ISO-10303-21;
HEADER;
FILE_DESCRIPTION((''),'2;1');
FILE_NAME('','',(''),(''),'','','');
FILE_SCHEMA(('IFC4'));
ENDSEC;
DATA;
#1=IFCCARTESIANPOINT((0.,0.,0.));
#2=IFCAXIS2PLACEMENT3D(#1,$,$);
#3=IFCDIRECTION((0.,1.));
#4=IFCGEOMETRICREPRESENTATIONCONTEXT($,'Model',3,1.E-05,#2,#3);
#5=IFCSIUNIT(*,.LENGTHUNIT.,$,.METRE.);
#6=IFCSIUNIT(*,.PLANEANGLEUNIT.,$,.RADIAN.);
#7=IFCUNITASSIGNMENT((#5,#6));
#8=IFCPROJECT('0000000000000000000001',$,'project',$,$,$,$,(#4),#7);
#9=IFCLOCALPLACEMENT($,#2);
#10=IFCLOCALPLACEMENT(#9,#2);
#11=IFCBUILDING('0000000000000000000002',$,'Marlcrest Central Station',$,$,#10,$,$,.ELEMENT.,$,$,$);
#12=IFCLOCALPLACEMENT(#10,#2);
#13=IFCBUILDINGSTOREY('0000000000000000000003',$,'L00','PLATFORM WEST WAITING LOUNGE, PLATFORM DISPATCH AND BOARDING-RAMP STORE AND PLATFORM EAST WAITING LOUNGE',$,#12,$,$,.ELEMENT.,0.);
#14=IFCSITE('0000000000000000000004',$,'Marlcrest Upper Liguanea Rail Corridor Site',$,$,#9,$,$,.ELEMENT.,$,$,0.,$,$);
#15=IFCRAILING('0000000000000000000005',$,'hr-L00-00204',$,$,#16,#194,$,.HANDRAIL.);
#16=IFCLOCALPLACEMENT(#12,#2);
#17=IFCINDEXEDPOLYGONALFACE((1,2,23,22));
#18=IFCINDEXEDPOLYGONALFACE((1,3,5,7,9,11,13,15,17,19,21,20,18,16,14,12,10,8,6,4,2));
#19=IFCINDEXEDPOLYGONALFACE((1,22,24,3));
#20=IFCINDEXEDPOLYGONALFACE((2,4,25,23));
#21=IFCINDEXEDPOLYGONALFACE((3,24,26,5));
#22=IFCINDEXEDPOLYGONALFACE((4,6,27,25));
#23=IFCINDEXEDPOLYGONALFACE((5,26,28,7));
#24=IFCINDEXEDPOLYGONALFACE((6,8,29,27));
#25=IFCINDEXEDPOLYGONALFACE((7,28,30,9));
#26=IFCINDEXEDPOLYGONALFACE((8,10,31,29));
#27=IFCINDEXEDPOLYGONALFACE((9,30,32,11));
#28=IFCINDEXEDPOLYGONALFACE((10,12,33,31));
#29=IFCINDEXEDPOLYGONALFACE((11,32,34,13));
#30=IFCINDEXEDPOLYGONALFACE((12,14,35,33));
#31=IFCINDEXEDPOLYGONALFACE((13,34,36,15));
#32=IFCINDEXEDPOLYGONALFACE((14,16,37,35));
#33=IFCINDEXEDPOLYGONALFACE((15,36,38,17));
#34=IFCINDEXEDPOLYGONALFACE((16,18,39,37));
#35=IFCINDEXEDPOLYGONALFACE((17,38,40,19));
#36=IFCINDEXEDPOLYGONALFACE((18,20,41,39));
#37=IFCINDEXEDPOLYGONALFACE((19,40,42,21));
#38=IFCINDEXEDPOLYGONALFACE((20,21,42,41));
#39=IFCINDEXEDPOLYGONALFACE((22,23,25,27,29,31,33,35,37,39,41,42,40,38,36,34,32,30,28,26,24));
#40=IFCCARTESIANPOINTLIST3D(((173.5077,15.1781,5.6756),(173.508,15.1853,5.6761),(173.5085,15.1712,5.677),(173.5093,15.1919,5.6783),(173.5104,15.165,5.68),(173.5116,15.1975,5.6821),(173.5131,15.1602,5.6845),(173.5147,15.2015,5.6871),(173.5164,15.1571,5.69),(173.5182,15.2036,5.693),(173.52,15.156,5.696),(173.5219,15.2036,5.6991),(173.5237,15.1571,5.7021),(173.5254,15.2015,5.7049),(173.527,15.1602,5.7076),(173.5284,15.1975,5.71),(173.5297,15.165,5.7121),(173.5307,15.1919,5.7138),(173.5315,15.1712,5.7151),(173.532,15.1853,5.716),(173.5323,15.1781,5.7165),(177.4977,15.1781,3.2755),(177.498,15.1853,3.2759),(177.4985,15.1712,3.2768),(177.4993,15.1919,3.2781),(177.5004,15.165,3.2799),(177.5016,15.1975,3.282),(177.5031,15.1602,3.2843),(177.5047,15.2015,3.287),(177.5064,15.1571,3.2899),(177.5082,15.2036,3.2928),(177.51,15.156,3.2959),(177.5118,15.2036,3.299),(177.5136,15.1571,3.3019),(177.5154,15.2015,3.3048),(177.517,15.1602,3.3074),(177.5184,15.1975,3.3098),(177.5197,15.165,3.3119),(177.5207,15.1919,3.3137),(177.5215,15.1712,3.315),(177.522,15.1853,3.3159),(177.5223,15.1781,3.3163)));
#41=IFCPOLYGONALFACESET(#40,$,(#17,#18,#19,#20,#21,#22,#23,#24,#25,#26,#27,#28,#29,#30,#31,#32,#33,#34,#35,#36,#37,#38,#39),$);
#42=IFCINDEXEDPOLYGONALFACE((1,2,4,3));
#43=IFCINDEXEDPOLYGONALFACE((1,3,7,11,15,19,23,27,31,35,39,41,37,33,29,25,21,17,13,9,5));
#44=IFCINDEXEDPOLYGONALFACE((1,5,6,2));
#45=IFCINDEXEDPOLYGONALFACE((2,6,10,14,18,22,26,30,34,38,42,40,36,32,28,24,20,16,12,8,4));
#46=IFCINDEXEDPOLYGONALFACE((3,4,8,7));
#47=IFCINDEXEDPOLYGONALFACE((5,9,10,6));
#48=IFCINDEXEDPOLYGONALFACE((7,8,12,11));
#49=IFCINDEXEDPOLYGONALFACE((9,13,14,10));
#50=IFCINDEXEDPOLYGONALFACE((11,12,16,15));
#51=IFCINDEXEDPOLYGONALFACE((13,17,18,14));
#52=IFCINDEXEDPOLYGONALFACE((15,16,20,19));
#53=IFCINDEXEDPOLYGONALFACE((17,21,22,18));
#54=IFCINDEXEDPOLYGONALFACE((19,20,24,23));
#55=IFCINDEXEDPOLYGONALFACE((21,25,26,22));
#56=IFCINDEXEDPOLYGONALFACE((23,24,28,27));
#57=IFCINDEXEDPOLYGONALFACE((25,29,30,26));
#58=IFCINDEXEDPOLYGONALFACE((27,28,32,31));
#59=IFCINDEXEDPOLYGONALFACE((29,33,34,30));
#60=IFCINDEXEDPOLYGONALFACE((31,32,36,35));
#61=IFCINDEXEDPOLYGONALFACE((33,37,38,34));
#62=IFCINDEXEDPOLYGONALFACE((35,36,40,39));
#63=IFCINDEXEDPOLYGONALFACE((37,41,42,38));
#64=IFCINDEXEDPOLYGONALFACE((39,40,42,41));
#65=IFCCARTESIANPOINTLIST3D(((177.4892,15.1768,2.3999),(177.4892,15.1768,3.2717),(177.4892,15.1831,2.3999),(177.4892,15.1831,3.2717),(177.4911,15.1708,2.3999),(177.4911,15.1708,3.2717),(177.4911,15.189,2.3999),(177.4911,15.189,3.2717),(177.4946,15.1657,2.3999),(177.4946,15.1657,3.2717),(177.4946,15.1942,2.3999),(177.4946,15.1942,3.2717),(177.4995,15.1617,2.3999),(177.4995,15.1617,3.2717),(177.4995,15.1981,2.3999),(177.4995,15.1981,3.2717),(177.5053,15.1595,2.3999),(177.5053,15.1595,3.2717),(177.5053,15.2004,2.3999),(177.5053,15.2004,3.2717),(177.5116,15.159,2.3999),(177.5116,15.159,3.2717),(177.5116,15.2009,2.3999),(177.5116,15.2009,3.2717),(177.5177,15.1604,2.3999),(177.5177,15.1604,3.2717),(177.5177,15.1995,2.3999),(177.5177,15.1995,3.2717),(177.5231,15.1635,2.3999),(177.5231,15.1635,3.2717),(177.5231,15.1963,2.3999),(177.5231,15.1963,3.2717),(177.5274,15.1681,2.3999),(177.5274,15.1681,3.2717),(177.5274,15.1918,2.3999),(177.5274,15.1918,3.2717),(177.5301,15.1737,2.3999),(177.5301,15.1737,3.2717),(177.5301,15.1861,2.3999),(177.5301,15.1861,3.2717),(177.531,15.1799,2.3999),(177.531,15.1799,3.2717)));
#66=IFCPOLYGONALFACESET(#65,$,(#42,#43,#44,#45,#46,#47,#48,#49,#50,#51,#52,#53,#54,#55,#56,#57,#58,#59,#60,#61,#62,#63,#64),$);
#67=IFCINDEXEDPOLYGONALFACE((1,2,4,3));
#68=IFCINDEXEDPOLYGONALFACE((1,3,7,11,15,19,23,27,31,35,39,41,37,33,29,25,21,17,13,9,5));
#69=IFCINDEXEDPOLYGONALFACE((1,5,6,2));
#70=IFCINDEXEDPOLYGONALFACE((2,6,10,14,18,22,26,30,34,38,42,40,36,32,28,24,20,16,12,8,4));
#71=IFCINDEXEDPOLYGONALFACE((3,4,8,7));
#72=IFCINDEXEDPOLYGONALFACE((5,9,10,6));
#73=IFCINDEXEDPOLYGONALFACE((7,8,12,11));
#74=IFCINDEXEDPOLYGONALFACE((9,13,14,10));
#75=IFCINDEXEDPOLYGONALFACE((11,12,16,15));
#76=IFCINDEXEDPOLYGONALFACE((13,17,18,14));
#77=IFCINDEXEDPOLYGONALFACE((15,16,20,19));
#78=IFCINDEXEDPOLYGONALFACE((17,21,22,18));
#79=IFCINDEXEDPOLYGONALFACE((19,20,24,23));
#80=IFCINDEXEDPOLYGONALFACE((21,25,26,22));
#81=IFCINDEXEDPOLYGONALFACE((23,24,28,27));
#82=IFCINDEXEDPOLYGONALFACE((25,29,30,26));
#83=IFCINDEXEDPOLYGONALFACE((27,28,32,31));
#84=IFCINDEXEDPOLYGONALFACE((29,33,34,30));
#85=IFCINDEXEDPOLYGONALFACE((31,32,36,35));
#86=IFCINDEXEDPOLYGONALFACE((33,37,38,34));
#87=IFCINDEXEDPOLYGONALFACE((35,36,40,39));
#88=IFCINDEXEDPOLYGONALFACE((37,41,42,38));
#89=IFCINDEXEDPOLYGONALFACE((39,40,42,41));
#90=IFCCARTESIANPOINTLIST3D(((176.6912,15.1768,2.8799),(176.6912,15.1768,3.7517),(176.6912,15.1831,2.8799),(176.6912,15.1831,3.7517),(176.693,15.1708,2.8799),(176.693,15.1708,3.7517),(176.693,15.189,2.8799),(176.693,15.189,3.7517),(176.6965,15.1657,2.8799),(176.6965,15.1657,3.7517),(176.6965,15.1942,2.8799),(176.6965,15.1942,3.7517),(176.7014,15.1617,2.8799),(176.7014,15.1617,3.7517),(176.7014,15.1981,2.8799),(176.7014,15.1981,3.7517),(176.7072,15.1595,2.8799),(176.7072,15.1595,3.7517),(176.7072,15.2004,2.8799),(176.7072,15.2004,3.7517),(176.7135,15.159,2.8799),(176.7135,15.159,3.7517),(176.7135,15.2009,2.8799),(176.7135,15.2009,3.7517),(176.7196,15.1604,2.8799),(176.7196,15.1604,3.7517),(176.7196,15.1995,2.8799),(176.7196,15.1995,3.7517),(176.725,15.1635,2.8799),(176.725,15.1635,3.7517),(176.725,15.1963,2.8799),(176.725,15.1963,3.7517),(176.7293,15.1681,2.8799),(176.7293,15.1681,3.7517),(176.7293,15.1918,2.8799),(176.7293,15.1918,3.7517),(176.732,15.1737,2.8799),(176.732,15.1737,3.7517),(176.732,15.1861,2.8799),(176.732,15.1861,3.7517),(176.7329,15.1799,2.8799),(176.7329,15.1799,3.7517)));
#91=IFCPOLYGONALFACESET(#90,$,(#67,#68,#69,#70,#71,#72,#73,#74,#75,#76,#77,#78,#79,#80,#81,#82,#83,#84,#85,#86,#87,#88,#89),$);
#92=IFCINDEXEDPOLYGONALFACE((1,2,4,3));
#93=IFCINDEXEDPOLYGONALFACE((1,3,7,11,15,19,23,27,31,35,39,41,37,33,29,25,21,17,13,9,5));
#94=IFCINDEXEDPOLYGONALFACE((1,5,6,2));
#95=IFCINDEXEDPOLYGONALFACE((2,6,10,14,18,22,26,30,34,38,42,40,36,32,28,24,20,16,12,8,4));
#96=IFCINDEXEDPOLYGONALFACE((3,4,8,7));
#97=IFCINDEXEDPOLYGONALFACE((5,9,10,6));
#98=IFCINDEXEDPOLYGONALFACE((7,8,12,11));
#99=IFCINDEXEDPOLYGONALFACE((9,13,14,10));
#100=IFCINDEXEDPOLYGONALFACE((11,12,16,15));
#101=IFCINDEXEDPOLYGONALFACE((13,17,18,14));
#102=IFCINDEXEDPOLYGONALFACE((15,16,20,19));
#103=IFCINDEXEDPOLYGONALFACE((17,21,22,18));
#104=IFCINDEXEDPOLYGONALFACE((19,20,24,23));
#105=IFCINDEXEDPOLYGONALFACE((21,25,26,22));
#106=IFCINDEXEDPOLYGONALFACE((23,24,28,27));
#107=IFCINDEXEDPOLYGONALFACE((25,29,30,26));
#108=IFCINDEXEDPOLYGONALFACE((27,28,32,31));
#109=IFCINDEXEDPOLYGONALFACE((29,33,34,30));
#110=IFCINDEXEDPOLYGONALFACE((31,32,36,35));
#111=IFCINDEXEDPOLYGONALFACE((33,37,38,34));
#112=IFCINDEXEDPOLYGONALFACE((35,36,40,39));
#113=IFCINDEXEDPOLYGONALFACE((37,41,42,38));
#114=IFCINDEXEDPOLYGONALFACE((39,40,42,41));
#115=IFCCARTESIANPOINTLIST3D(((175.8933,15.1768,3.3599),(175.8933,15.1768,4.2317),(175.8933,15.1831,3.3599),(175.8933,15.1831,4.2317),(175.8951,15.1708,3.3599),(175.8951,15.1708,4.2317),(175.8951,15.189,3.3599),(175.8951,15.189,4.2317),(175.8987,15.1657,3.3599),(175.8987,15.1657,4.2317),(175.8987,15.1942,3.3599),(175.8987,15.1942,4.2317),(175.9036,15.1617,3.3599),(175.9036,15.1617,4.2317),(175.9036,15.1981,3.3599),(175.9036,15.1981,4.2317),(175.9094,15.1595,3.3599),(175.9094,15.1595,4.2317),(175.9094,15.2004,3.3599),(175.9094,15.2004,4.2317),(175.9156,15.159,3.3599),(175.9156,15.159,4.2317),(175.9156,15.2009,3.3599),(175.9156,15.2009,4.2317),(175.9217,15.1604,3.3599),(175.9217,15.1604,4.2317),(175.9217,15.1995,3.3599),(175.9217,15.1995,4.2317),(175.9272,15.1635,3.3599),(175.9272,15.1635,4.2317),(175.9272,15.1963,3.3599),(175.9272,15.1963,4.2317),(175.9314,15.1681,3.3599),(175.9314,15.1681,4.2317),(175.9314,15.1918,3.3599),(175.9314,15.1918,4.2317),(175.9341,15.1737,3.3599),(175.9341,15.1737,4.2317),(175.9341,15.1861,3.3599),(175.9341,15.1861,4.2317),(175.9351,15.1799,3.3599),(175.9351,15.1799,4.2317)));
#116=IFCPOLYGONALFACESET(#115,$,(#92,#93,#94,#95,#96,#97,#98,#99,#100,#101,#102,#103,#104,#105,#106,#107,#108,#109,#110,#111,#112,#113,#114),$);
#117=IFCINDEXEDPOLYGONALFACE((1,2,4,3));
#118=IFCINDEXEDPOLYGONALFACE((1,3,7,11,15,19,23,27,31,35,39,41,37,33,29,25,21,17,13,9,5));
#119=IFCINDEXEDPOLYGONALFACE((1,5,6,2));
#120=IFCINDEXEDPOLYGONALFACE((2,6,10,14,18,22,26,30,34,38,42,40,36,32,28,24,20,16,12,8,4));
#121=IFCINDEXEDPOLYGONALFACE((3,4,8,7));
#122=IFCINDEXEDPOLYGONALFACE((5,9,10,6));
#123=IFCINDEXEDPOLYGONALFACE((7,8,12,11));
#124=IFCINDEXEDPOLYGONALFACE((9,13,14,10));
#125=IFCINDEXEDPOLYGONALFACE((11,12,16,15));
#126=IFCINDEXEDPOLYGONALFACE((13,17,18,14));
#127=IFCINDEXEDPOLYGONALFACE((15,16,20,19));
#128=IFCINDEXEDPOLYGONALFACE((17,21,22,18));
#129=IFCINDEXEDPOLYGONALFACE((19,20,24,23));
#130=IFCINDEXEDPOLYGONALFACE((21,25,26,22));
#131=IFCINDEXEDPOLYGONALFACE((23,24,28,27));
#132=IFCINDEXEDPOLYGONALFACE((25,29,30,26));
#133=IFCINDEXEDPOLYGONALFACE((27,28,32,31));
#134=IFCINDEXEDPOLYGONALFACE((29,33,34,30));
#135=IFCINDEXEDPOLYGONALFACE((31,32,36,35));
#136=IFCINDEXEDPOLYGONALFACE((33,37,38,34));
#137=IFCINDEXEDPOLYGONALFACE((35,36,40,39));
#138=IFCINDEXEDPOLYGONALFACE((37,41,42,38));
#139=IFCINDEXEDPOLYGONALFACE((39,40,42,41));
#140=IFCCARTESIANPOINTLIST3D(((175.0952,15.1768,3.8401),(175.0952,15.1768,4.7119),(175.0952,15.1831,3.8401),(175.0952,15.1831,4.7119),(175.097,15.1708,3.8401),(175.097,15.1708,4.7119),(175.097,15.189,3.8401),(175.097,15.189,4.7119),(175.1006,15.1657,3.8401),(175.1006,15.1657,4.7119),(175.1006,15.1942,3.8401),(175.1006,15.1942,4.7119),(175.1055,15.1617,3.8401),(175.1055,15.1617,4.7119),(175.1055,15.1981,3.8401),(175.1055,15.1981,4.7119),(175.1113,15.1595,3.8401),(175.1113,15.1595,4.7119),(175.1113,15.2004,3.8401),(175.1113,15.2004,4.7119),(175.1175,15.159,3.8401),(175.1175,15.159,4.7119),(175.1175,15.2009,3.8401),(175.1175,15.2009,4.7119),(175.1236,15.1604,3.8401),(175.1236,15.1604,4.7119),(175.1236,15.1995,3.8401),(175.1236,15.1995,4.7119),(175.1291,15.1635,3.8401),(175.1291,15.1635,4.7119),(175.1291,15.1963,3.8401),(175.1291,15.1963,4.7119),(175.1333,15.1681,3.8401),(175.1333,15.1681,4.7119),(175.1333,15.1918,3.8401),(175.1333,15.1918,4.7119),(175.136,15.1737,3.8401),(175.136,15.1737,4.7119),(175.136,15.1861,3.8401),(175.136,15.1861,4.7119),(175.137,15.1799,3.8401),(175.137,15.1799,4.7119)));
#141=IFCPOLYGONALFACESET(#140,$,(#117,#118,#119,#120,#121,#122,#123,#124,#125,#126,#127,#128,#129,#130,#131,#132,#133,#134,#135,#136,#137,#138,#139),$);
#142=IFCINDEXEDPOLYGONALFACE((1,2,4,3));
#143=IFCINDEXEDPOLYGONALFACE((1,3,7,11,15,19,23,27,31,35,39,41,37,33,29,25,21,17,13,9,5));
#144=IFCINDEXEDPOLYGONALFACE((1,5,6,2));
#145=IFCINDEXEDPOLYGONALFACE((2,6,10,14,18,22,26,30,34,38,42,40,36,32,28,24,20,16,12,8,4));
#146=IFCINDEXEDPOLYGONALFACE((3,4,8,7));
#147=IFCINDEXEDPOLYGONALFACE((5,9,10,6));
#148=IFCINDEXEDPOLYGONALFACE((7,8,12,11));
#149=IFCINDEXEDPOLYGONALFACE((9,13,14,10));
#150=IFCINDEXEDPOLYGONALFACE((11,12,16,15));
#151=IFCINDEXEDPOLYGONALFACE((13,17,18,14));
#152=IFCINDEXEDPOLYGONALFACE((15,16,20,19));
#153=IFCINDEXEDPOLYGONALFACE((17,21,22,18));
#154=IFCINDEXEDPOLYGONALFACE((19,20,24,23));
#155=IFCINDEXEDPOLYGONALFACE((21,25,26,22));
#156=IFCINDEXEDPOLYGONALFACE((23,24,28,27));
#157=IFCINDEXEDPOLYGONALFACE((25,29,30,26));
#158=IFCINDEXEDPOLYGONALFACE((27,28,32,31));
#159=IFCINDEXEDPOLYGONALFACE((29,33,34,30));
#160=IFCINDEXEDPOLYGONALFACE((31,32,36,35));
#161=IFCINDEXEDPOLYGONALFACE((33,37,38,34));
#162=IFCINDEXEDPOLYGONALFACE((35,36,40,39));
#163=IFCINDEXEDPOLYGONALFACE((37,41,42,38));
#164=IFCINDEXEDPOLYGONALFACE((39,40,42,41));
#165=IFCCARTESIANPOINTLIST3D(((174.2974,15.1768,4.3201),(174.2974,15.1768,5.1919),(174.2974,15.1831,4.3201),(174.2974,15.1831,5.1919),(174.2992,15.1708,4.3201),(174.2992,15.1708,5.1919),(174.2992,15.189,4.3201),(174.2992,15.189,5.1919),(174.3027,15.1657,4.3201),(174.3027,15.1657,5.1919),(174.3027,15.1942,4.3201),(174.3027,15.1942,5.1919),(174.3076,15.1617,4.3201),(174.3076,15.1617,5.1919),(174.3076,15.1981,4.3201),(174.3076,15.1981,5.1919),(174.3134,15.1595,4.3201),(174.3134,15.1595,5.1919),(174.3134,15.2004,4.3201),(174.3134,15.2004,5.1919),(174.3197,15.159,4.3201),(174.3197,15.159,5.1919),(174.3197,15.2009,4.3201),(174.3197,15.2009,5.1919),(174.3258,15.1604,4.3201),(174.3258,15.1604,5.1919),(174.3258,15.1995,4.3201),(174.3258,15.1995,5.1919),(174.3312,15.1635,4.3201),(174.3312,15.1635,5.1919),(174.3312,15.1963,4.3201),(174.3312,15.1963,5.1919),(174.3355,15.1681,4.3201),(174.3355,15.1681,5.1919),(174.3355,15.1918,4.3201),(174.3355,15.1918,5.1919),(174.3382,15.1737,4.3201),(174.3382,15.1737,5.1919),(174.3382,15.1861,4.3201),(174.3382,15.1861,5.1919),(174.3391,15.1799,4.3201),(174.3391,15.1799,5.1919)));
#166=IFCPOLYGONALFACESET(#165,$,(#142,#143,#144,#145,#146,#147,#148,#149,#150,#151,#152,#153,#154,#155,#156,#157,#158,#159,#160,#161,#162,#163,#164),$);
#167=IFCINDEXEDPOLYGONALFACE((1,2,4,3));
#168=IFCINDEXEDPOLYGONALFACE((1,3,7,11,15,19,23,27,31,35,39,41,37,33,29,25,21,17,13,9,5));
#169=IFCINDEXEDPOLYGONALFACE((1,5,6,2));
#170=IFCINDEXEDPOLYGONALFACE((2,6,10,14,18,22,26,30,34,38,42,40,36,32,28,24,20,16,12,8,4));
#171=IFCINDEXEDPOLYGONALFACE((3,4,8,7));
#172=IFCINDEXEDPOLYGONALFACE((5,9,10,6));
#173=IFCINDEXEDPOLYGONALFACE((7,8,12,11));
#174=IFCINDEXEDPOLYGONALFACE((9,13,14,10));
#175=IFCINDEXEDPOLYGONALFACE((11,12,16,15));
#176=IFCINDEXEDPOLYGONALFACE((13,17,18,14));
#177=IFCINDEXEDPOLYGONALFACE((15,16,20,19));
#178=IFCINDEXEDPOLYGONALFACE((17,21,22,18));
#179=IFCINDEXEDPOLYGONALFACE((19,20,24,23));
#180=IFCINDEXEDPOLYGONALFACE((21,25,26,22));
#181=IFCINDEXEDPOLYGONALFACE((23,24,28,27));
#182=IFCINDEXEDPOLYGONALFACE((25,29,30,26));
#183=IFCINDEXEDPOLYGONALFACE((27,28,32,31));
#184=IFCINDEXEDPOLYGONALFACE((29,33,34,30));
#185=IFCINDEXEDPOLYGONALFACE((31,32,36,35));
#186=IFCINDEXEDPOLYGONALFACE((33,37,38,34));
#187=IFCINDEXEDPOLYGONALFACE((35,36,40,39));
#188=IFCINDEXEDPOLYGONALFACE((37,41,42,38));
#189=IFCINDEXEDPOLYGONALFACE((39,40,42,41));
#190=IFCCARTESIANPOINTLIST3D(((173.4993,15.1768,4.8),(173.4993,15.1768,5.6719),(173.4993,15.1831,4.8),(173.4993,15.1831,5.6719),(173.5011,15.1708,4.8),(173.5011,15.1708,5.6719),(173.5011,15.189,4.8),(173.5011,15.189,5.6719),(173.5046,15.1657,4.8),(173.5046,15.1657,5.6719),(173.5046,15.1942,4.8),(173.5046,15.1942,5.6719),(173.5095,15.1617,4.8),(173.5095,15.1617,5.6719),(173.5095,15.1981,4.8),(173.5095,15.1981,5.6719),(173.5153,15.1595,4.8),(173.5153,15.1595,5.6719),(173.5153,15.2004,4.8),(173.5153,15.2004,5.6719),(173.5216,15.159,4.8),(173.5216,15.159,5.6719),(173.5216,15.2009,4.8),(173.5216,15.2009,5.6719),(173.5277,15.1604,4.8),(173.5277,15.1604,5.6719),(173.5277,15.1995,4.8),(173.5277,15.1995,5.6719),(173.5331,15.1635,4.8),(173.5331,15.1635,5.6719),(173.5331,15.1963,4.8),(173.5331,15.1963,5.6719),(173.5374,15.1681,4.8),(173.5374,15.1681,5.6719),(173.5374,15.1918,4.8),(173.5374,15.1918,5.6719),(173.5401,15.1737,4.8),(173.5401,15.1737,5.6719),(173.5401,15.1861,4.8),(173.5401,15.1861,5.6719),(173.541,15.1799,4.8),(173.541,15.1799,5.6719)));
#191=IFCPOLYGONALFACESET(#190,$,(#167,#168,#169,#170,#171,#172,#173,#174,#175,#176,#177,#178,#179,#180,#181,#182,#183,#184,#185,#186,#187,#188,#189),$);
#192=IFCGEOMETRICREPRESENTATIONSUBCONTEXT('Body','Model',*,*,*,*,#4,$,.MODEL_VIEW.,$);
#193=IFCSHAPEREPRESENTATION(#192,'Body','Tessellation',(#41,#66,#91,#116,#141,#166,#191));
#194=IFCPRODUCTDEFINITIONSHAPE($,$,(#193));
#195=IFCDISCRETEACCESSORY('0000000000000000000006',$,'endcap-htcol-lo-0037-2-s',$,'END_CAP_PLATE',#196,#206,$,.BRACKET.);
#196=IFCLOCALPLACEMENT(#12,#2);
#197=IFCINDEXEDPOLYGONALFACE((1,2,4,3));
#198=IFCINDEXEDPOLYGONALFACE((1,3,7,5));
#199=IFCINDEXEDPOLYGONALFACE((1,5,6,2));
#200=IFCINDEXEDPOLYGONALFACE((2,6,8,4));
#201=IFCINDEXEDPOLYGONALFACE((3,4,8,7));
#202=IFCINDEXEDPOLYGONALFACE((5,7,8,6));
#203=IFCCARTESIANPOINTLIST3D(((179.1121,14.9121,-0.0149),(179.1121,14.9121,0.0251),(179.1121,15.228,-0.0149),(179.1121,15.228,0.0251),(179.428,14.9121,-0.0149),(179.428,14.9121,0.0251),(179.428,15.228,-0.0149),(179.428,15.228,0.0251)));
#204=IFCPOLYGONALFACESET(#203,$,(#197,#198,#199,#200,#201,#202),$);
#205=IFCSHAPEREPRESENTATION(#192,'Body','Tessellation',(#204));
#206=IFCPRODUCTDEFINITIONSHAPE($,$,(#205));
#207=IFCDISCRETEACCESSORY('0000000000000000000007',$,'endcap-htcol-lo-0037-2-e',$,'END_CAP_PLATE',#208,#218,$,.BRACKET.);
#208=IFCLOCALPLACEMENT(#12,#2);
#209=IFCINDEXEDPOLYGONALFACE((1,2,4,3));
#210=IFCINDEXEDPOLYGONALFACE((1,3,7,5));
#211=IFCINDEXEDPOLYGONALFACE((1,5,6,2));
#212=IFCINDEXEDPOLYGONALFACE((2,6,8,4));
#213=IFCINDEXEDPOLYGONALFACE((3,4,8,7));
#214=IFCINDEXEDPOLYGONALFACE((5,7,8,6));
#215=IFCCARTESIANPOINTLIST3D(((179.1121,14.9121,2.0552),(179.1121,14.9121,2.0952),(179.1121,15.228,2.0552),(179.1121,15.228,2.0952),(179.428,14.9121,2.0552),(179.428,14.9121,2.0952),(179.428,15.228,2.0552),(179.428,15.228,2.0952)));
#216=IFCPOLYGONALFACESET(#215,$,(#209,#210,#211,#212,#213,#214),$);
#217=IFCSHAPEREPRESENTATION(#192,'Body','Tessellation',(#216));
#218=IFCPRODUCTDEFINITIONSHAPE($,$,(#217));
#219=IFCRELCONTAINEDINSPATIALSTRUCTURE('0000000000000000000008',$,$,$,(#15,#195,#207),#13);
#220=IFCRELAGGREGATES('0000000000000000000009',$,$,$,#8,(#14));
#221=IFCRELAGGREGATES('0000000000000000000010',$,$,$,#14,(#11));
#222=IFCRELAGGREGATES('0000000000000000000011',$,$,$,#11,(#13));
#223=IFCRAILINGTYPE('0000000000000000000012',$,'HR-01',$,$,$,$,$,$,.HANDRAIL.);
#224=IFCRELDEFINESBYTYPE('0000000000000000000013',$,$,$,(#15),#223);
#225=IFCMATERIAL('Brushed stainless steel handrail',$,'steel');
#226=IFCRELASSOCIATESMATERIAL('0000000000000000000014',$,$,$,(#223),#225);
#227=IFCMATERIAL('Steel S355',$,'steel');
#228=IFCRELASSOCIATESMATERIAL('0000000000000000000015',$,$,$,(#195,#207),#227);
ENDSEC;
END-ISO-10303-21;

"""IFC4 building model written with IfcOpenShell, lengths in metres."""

from ifc_helpers import new_model, si_unit, direction, frame, origin, origin_2d, place, context, subcontext, project, spatial, rectangle, circle, extrude, material, type_object, element, save


model = new_model("IFC4")

# Units and contexts
model_context = context("Model", 3, precision=1e-05, world=origin(), true_north=direction((0.0, 1.0)))
body_context = subcontext(model_context, "Body", "Model", "MODEL_VIEW")
ifc_project = project(units=[si_unit("LENGTHUNIT", "METRE"), si_unit("PLANEANGLEUNIT", "RADIAN")], contexts=[model_context])

# Site, building, storey
site_placement = place(None, origin())
site = spatial("IfcSite", under=ifc_project, at=site_placement, Name="Marlcrest Upper Liguanea Rail Corridor Site", CompositionType="ELEMENT", RefElevation=0.0)
building_placement = place(site_placement, origin())
building = spatial("IfcBuilding", under=site, at=building_placement, Name="Marlcrest Central Station", CompositionType="ELEMENT")
storey_placement = place(building_placement, origin())
storey = spatial("IfcBuildingStorey", under=building, at=storey_placement, Name="L00", Description="PLATFORM WEST WAITING LOUNGE, PLATFORM DISPATCH AND BOARDING-RAMP STORE AND PLATFORM EAST WAITING LOUNGE", CompositionType="ELEMENT", Elevation=0.0)

# Shared definitions
ifc_material_1 = material(Name="Steel S355", Category="steel")

# Railing
ifc_material_2 = material(Name="Brushed stainless steel handrail", Category="steel")
railing_type = type_object("IfcRailingType", Name="HR-01", PredefinedType="HANDRAIL", material=ifc_material_2)
railing_placement = place(storey_placement, frame((177.51, 15.1799, 2.3999)))
element("IfcRailing", 1, at=railing_placement, inside=storey, type_object=railing_type, Name="hr-L00-00204", PredefinedType="HANDRAIL", context=body_context, shape_type="SweptSolid", body=[
    extrude(circle(Radius=0.0239, at=origin_2d()), frame((0.0, 0.0, 0.896), z_axis=(-0.856909, 0.0, 0.515467), x_axis=(0.0, -1.0, 0.0)), (0.0, 0.0, 1.0), 4.6562),
    extrude(circle(Radius=0.021, at=origin_2d()), origin(), (0.0, 0.0, 1.0), 0.8718),
    extrude(circle(Radius=0.021, at=origin_2d()), frame((-0.7981, 0.0, 0.48)), (0.0, 0.0, 1.0), 0.8718),
    extrude(circle(Radius=0.021, at=origin_2d()), frame((-1.5959, 0.0, 0.96)), (0.0, 0.0, 1.0), 0.8718),
    extrude(circle(Radius=0.021, at=origin_2d()), frame((-2.394, 0.0, 1.4402)), (0.0, 0.0, 1.0), 0.8718),
    extrude(circle(Radius=0.021, at=origin_2d()), frame((-3.1919, 0.0, 1.9202)), (0.0, 0.0, 1.0), 0.8718),
    extrude(circle(Radius=0.021, at=origin_2d()), frame((-3.99, 0.0, 2.4001)), (0.0, 0.0, 1.0), 0.8718),
])

# Discrete accessories
for number, where, z_axis, x_axis, name in (
    (2, (179.27, 15.0701, -0.0149), (0.0, 0.0, 1.0), (1.0, 0.0, 0.0), "endcap-htcol-lo-0037-2-s"),
    (3, (179.27, 15.0701, 2.0552), (0.0, 0.0, 1.0), (1.0, 0.0, 0.0), "endcap-htcol-lo-0037-2-e"),
):
    element("IfcDiscreteAccessory", number, at=place(storey_placement, frame(where, z_axis=z_axis, x_axis=x_axis)), inside=storey, material=ifc_material_1, Name=name, ObjectType="END_CAP_PLATE", PredefinedType="BRACKET", context=body_context, shape_type="SweptSolid", body=[
        extrude(rectangle(XDim=0.3159, YDim=0.3159, at=origin_2d()), origin(), (0.0, 0.0, 1.0), 0.04),
    ])

save(model, "model.ifc")
